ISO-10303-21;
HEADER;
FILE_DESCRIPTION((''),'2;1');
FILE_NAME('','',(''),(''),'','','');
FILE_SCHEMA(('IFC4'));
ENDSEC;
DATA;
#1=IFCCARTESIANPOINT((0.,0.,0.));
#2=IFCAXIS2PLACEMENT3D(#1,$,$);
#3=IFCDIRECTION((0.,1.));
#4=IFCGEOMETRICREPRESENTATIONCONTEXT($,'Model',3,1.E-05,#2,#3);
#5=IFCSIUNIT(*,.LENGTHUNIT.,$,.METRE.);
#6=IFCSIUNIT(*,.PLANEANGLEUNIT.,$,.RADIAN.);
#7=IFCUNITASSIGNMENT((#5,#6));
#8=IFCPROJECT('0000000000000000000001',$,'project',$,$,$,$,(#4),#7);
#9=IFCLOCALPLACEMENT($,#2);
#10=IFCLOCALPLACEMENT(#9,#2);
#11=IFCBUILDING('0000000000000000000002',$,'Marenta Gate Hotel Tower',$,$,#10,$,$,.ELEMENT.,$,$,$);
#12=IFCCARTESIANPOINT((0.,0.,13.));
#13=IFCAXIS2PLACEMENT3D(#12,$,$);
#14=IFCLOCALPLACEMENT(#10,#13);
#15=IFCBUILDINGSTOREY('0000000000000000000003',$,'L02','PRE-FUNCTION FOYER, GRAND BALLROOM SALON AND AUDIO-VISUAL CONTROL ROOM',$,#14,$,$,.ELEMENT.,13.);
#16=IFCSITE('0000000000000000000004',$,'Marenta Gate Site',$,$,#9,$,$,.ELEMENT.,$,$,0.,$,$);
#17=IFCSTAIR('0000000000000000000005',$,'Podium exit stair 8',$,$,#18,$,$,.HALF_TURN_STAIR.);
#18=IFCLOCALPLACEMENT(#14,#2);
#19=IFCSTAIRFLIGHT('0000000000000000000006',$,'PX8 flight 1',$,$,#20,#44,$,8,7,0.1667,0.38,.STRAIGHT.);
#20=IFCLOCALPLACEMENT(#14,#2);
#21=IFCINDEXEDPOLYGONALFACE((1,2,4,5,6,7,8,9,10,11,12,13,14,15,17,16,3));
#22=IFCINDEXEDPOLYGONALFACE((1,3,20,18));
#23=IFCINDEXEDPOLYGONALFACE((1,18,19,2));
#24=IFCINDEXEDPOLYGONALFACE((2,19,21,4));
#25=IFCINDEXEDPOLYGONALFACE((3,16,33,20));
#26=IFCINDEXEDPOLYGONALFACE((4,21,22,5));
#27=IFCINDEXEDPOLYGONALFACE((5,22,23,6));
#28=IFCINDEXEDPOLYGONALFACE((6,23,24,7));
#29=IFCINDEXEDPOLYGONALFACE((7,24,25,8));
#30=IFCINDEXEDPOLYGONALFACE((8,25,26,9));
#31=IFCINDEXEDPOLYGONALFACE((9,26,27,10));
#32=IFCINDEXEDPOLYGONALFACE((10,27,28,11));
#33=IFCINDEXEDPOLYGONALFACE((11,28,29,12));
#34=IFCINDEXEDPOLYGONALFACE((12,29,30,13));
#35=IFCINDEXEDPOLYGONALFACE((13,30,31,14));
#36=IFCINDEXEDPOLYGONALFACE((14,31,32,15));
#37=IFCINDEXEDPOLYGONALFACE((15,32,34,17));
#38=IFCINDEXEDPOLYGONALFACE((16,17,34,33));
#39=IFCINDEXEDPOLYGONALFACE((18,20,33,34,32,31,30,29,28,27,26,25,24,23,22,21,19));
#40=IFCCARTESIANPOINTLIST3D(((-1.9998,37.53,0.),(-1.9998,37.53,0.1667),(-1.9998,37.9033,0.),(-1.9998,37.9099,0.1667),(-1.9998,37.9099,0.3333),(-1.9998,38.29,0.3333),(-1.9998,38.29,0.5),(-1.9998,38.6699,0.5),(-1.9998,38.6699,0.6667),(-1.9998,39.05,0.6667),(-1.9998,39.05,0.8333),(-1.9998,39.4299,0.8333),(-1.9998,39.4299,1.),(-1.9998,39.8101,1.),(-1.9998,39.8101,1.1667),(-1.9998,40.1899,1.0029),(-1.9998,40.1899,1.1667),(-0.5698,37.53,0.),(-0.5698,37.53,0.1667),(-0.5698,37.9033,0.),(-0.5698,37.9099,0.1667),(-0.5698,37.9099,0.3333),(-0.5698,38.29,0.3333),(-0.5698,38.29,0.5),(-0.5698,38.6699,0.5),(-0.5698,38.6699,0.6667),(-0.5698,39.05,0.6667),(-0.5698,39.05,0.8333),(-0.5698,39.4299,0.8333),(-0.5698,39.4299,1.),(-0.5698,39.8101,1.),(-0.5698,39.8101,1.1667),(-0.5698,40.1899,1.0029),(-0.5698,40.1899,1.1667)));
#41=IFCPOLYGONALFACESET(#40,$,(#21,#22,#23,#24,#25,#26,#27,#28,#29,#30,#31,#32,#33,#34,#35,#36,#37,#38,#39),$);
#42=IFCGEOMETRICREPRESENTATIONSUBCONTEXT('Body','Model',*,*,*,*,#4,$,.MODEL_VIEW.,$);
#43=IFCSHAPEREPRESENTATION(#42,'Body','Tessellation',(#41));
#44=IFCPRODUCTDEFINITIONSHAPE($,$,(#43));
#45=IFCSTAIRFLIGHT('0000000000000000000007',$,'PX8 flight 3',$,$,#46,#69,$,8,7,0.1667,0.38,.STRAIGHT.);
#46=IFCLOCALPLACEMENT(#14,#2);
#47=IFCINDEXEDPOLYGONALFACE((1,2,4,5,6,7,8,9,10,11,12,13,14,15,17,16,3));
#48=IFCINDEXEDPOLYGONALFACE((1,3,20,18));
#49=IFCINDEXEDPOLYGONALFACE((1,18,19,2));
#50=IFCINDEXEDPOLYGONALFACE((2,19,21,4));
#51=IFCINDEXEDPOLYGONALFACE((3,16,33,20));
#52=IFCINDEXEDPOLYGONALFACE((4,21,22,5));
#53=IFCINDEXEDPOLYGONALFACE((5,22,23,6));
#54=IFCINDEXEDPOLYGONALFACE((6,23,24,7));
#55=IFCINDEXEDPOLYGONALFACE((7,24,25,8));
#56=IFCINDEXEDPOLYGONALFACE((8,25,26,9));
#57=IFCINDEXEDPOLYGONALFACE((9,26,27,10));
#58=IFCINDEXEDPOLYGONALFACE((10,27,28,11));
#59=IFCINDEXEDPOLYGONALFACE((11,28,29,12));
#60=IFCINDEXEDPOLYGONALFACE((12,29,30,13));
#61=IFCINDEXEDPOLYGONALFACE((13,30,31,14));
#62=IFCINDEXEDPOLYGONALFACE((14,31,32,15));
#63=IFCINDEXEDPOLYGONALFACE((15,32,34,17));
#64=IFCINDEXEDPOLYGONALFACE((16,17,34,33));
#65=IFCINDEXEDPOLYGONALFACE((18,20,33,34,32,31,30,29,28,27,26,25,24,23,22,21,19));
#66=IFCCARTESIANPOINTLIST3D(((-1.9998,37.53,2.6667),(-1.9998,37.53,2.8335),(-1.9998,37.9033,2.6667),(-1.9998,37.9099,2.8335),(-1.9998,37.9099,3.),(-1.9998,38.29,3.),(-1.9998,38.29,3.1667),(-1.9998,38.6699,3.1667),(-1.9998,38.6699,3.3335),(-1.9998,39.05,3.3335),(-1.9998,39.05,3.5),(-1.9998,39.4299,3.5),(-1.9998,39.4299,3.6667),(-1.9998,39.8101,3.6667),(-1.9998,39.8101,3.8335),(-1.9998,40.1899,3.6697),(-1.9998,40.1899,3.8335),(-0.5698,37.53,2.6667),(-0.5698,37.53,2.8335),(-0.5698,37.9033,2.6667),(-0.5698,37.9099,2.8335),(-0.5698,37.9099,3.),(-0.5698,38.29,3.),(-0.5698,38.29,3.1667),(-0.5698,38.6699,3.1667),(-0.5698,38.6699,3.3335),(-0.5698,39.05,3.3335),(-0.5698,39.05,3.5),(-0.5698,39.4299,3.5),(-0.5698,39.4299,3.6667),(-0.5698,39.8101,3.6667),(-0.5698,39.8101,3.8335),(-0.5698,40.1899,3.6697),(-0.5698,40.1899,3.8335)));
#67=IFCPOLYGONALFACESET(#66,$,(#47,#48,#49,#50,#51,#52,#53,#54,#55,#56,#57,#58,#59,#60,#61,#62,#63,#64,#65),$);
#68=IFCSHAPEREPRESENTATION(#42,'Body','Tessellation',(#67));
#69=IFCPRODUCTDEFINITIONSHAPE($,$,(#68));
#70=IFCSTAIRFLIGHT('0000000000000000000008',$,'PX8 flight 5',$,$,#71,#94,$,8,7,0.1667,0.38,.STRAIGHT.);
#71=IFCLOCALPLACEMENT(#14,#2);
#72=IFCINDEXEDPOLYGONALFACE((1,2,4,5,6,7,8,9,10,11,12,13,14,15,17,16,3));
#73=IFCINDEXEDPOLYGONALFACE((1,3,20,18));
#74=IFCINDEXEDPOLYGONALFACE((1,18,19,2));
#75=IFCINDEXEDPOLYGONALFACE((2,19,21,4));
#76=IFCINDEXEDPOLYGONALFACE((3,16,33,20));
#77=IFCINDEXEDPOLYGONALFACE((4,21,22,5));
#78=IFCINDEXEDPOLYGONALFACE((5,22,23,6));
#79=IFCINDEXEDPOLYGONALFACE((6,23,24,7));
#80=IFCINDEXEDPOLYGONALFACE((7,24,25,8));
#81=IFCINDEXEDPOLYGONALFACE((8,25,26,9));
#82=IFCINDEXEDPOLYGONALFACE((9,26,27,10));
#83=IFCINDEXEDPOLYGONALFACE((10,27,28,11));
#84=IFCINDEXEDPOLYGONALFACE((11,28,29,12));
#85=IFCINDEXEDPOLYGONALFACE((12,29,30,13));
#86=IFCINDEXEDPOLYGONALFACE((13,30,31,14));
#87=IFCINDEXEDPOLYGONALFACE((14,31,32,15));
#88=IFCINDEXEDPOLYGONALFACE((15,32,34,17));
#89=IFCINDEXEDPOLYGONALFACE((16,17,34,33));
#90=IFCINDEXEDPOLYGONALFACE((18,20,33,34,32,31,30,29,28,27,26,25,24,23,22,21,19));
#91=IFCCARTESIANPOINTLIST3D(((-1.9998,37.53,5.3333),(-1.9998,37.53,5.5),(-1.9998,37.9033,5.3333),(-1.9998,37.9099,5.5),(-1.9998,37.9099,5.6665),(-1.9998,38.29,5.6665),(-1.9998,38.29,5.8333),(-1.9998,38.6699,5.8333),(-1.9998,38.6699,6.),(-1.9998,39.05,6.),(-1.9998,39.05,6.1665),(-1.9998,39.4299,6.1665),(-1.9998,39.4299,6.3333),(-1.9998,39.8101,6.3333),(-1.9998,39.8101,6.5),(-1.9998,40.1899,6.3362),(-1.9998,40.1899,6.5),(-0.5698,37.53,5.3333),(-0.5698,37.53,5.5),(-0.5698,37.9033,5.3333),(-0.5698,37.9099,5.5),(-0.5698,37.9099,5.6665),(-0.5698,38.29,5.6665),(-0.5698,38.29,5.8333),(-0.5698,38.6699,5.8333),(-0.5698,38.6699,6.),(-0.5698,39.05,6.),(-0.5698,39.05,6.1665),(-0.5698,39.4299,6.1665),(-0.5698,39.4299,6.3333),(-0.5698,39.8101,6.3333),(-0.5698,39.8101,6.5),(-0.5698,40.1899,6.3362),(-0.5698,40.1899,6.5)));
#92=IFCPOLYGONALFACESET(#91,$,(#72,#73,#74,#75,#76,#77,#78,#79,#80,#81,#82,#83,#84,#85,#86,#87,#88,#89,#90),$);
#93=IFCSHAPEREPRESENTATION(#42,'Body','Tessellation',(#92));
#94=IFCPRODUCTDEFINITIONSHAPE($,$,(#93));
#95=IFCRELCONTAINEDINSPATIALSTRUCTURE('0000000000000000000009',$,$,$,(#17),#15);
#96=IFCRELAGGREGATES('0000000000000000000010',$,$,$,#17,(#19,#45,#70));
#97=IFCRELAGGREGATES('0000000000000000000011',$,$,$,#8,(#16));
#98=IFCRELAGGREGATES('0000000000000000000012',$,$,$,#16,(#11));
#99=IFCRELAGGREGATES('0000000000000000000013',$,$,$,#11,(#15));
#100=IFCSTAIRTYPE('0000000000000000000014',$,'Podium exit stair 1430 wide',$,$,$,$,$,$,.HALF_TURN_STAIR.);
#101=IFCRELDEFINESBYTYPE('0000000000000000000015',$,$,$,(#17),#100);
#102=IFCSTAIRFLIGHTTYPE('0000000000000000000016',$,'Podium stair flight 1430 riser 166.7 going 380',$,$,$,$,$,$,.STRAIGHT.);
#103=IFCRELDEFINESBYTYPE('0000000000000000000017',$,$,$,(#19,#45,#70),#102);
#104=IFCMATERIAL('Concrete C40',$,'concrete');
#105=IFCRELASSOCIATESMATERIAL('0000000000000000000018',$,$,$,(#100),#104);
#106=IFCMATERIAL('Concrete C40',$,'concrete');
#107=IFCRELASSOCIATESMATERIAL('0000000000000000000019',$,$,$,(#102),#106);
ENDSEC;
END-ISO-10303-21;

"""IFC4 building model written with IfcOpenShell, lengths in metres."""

from ifc_helpers import new_model, si_unit, direction, frame, origin, place, context, subcontext, project, spatial, polyline, outline, extrude, material, type_object, element, aggregate, save


model = new_model("IFC4")

# Units and contexts
model_context = context("Model", 3, precision=1e-05, world=origin(), true_north=direction((0.0, 1.0)))
body_context = subcontext(model_context, "Body", "Model", "MODEL_VIEW")
ifc_project = project(units=[si_unit("LENGTHUNIT", "METRE"), si_unit("PLANEANGLEUNIT", "RADIAN")], contexts=[model_context])

# Site, building, storey
site_placement = place(None, origin())
site = spatial("IfcSite", under=ifc_project, at=site_placement, Name="Marenta Gate Site", CompositionType="ELEMENT", RefElevation=0.0)
building_placement = place(site_placement, origin())
building = spatial("IfcBuilding", under=site, at=building_placement, Name="Marenta Gate Hotel Tower", CompositionType="ELEMENT")
storey_placement = place(building_placement, frame((0.0, 0.0, 13.0)))
storey = spatial("IfcBuildingStorey", under=building, at=storey_placement, Name="L02", Description="PRE-FUNCTION FOYER, GRAND BALLROOM SALON AND AUDIO-VISUAL CONTROL ROOM", CompositionType="ELEMENT", Elevation=13.0)

# Stair, stair flights
ifc_material_1 = material(Name="Concrete C40", Category="concrete")
stair_type = type_object("IfcStairType", Name="Podium exit stair 1430 wide", PredefinedType="HALF_TURN_STAIR", material=ifc_material_1)
ifc_material_2 = material(Name="Concrete C40", Category="concrete")
stair_flight_type = type_object("IfcStairFlightType", Name="Podium stair flight 1430 riser 166.7 going 380", PredefinedType="STRAIGHT", material=ifc_material_2)
stair_1_placement = place(storey_placement, origin())
stair_1 = element("IfcStair", 1, at=stair_1_placement, inside=storey, type_object=stair_type, Name="Podium exit stair 8", PredefinedType="HALF_TURN_STAIR")
stair_flight_1_placement = place(storey_placement, frame((-1.2849, 37.53, 0.0), z_axis=(0.0, 0.0, 1.0), x_axis=(0.0, 1.0, 0.0)))
stair_flight_1 = element("IfcStairFlight", 2, at=stair_flight_1_placement, type_object=stair_flight_type, Name="PX8 flight 1", NumberOfRisers=8, NumberOfTreads=7, PredefinedType="STRAIGHT", RiserHeight=0.1667, TreadLength=0.38, context=body_context, shape_type="SweptSolid", body=[
    extrude(outline(polyline([(0.0, 0.0), (0.0, 0.1667), (0.3799, 0.1667), (0.3799, 0.3333), (0.76, 0.3333), (0.76, 0.5), (1.1399, 0.5), (1.1399, 0.6667), (1.52, 0.6667), (1.52, 0.8333), (1.8999, 0.8333), (1.8999, 1.0), (2.28, 1.0), (2.28, 1.1667), (2.6599, 1.1667), (2.6599, 1.3333), (2.6599, 1.0029), (0.3733, 0.0), (0.0, 0.0)])), frame((0.0, 0.7148, 0.0), z_axis=(0.0, -1.0, 0.0), x_axis=(1.0, 0.0, 0.0)), (0.0, 0.0, 1.0), 1.4299),
])
stair_flight_2_placement = place(storey_placement, frame((-1.2849, 37.53, 2.6667), z_axis=(0.0, 0.0, 1.0), x_axis=(0.0, 1.0, 0.0)))
stair_flight_2 = element("IfcStairFlight", 3, at=stair_flight_2_placement, type_object=stair_flight_type, Name="PX8 flight 3", NumberOfRisers=8, NumberOfTreads=7, PredefinedType="STRAIGHT", RiserHeight=0.1667, TreadLength=0.38, context=body_context, shape_type="SweptSolid", body=[
    extrude(outline(polyline([(0.0, 0.0), (0.0, 0.1667), (0.3799, 0.1667), (0.3799, 0.3333), (0.76, 0.3333), (0.76, 0.5), (1.1399, 0.5), (1.1399, 0.6667), (1.52, 0.6667), (1.52, 0.8333), (1.8999, 0.8333), (1.8999, 1.0), (2.28, 1.0), (2.28, 1.1667), (2.6599, 1.1667), (2.6599, 1.3333), (2.6599, 1.0029), (0.3733, 0.0), (0.0, 0.0)])), frame((0.0, 0.7148, 0.0), z_axis=(0.0, -1.0, 0.0), x_axis=(1.0, 0.0, 0.0)), (0.0, 0.0, 1.0), 1.4299),
])
stair_flight_3_placement = place(storey_placement, frame((-1.2849, 37.53, 5.3333), z_axis=(0.0, 0.0, 1.0), x_axis=(0.0, 1.0, 0.0)))
stair_flight_3 = element("IfcStairFlight", 4, at=stair_flight_3_placement, type_object=stair_flight_type, Name="PX8 flight 5", NumberOfRisers=8, NumberOfTreads=7, PredefinedType="STRAIGHT", RiserHeight=0.1667, TreadLength=0.38, context=body_context, shape_type="SweptSolid", body=[
    extrude(outline(polyline([(0.0, 0.0), (0.0, 0.1667), (0.3799, 0.1667), (0.3799, 0.3333), (0.76, 0.3333), (0.76, 0.5), (1.1399, 0.5), (1.1399, 0.6667), (1.52, 0.6667), (1.52, 0.8333), (1.8999, 0.8333), (1.8999, 1.0), (2.28, 1.0), (2.28, 1.1667), (2.6599, 1.1667), (2.6599, 1.3333), (2.6599, 1.0029), (0.3733, 0.0), (0.0, 0.0)])), frame((0.0, 0.7148, 0.0), z_axis=(0.0, -1.0, 0.0), x_axis=(1.0, 0.0, 0.0)), (0.0, 0.0, 1.0), 1.4299),
])
aggregate(stair_1, [stair_flight_1, stair_flight_2, stair_flight_3])

save(model, "model.ifc")
